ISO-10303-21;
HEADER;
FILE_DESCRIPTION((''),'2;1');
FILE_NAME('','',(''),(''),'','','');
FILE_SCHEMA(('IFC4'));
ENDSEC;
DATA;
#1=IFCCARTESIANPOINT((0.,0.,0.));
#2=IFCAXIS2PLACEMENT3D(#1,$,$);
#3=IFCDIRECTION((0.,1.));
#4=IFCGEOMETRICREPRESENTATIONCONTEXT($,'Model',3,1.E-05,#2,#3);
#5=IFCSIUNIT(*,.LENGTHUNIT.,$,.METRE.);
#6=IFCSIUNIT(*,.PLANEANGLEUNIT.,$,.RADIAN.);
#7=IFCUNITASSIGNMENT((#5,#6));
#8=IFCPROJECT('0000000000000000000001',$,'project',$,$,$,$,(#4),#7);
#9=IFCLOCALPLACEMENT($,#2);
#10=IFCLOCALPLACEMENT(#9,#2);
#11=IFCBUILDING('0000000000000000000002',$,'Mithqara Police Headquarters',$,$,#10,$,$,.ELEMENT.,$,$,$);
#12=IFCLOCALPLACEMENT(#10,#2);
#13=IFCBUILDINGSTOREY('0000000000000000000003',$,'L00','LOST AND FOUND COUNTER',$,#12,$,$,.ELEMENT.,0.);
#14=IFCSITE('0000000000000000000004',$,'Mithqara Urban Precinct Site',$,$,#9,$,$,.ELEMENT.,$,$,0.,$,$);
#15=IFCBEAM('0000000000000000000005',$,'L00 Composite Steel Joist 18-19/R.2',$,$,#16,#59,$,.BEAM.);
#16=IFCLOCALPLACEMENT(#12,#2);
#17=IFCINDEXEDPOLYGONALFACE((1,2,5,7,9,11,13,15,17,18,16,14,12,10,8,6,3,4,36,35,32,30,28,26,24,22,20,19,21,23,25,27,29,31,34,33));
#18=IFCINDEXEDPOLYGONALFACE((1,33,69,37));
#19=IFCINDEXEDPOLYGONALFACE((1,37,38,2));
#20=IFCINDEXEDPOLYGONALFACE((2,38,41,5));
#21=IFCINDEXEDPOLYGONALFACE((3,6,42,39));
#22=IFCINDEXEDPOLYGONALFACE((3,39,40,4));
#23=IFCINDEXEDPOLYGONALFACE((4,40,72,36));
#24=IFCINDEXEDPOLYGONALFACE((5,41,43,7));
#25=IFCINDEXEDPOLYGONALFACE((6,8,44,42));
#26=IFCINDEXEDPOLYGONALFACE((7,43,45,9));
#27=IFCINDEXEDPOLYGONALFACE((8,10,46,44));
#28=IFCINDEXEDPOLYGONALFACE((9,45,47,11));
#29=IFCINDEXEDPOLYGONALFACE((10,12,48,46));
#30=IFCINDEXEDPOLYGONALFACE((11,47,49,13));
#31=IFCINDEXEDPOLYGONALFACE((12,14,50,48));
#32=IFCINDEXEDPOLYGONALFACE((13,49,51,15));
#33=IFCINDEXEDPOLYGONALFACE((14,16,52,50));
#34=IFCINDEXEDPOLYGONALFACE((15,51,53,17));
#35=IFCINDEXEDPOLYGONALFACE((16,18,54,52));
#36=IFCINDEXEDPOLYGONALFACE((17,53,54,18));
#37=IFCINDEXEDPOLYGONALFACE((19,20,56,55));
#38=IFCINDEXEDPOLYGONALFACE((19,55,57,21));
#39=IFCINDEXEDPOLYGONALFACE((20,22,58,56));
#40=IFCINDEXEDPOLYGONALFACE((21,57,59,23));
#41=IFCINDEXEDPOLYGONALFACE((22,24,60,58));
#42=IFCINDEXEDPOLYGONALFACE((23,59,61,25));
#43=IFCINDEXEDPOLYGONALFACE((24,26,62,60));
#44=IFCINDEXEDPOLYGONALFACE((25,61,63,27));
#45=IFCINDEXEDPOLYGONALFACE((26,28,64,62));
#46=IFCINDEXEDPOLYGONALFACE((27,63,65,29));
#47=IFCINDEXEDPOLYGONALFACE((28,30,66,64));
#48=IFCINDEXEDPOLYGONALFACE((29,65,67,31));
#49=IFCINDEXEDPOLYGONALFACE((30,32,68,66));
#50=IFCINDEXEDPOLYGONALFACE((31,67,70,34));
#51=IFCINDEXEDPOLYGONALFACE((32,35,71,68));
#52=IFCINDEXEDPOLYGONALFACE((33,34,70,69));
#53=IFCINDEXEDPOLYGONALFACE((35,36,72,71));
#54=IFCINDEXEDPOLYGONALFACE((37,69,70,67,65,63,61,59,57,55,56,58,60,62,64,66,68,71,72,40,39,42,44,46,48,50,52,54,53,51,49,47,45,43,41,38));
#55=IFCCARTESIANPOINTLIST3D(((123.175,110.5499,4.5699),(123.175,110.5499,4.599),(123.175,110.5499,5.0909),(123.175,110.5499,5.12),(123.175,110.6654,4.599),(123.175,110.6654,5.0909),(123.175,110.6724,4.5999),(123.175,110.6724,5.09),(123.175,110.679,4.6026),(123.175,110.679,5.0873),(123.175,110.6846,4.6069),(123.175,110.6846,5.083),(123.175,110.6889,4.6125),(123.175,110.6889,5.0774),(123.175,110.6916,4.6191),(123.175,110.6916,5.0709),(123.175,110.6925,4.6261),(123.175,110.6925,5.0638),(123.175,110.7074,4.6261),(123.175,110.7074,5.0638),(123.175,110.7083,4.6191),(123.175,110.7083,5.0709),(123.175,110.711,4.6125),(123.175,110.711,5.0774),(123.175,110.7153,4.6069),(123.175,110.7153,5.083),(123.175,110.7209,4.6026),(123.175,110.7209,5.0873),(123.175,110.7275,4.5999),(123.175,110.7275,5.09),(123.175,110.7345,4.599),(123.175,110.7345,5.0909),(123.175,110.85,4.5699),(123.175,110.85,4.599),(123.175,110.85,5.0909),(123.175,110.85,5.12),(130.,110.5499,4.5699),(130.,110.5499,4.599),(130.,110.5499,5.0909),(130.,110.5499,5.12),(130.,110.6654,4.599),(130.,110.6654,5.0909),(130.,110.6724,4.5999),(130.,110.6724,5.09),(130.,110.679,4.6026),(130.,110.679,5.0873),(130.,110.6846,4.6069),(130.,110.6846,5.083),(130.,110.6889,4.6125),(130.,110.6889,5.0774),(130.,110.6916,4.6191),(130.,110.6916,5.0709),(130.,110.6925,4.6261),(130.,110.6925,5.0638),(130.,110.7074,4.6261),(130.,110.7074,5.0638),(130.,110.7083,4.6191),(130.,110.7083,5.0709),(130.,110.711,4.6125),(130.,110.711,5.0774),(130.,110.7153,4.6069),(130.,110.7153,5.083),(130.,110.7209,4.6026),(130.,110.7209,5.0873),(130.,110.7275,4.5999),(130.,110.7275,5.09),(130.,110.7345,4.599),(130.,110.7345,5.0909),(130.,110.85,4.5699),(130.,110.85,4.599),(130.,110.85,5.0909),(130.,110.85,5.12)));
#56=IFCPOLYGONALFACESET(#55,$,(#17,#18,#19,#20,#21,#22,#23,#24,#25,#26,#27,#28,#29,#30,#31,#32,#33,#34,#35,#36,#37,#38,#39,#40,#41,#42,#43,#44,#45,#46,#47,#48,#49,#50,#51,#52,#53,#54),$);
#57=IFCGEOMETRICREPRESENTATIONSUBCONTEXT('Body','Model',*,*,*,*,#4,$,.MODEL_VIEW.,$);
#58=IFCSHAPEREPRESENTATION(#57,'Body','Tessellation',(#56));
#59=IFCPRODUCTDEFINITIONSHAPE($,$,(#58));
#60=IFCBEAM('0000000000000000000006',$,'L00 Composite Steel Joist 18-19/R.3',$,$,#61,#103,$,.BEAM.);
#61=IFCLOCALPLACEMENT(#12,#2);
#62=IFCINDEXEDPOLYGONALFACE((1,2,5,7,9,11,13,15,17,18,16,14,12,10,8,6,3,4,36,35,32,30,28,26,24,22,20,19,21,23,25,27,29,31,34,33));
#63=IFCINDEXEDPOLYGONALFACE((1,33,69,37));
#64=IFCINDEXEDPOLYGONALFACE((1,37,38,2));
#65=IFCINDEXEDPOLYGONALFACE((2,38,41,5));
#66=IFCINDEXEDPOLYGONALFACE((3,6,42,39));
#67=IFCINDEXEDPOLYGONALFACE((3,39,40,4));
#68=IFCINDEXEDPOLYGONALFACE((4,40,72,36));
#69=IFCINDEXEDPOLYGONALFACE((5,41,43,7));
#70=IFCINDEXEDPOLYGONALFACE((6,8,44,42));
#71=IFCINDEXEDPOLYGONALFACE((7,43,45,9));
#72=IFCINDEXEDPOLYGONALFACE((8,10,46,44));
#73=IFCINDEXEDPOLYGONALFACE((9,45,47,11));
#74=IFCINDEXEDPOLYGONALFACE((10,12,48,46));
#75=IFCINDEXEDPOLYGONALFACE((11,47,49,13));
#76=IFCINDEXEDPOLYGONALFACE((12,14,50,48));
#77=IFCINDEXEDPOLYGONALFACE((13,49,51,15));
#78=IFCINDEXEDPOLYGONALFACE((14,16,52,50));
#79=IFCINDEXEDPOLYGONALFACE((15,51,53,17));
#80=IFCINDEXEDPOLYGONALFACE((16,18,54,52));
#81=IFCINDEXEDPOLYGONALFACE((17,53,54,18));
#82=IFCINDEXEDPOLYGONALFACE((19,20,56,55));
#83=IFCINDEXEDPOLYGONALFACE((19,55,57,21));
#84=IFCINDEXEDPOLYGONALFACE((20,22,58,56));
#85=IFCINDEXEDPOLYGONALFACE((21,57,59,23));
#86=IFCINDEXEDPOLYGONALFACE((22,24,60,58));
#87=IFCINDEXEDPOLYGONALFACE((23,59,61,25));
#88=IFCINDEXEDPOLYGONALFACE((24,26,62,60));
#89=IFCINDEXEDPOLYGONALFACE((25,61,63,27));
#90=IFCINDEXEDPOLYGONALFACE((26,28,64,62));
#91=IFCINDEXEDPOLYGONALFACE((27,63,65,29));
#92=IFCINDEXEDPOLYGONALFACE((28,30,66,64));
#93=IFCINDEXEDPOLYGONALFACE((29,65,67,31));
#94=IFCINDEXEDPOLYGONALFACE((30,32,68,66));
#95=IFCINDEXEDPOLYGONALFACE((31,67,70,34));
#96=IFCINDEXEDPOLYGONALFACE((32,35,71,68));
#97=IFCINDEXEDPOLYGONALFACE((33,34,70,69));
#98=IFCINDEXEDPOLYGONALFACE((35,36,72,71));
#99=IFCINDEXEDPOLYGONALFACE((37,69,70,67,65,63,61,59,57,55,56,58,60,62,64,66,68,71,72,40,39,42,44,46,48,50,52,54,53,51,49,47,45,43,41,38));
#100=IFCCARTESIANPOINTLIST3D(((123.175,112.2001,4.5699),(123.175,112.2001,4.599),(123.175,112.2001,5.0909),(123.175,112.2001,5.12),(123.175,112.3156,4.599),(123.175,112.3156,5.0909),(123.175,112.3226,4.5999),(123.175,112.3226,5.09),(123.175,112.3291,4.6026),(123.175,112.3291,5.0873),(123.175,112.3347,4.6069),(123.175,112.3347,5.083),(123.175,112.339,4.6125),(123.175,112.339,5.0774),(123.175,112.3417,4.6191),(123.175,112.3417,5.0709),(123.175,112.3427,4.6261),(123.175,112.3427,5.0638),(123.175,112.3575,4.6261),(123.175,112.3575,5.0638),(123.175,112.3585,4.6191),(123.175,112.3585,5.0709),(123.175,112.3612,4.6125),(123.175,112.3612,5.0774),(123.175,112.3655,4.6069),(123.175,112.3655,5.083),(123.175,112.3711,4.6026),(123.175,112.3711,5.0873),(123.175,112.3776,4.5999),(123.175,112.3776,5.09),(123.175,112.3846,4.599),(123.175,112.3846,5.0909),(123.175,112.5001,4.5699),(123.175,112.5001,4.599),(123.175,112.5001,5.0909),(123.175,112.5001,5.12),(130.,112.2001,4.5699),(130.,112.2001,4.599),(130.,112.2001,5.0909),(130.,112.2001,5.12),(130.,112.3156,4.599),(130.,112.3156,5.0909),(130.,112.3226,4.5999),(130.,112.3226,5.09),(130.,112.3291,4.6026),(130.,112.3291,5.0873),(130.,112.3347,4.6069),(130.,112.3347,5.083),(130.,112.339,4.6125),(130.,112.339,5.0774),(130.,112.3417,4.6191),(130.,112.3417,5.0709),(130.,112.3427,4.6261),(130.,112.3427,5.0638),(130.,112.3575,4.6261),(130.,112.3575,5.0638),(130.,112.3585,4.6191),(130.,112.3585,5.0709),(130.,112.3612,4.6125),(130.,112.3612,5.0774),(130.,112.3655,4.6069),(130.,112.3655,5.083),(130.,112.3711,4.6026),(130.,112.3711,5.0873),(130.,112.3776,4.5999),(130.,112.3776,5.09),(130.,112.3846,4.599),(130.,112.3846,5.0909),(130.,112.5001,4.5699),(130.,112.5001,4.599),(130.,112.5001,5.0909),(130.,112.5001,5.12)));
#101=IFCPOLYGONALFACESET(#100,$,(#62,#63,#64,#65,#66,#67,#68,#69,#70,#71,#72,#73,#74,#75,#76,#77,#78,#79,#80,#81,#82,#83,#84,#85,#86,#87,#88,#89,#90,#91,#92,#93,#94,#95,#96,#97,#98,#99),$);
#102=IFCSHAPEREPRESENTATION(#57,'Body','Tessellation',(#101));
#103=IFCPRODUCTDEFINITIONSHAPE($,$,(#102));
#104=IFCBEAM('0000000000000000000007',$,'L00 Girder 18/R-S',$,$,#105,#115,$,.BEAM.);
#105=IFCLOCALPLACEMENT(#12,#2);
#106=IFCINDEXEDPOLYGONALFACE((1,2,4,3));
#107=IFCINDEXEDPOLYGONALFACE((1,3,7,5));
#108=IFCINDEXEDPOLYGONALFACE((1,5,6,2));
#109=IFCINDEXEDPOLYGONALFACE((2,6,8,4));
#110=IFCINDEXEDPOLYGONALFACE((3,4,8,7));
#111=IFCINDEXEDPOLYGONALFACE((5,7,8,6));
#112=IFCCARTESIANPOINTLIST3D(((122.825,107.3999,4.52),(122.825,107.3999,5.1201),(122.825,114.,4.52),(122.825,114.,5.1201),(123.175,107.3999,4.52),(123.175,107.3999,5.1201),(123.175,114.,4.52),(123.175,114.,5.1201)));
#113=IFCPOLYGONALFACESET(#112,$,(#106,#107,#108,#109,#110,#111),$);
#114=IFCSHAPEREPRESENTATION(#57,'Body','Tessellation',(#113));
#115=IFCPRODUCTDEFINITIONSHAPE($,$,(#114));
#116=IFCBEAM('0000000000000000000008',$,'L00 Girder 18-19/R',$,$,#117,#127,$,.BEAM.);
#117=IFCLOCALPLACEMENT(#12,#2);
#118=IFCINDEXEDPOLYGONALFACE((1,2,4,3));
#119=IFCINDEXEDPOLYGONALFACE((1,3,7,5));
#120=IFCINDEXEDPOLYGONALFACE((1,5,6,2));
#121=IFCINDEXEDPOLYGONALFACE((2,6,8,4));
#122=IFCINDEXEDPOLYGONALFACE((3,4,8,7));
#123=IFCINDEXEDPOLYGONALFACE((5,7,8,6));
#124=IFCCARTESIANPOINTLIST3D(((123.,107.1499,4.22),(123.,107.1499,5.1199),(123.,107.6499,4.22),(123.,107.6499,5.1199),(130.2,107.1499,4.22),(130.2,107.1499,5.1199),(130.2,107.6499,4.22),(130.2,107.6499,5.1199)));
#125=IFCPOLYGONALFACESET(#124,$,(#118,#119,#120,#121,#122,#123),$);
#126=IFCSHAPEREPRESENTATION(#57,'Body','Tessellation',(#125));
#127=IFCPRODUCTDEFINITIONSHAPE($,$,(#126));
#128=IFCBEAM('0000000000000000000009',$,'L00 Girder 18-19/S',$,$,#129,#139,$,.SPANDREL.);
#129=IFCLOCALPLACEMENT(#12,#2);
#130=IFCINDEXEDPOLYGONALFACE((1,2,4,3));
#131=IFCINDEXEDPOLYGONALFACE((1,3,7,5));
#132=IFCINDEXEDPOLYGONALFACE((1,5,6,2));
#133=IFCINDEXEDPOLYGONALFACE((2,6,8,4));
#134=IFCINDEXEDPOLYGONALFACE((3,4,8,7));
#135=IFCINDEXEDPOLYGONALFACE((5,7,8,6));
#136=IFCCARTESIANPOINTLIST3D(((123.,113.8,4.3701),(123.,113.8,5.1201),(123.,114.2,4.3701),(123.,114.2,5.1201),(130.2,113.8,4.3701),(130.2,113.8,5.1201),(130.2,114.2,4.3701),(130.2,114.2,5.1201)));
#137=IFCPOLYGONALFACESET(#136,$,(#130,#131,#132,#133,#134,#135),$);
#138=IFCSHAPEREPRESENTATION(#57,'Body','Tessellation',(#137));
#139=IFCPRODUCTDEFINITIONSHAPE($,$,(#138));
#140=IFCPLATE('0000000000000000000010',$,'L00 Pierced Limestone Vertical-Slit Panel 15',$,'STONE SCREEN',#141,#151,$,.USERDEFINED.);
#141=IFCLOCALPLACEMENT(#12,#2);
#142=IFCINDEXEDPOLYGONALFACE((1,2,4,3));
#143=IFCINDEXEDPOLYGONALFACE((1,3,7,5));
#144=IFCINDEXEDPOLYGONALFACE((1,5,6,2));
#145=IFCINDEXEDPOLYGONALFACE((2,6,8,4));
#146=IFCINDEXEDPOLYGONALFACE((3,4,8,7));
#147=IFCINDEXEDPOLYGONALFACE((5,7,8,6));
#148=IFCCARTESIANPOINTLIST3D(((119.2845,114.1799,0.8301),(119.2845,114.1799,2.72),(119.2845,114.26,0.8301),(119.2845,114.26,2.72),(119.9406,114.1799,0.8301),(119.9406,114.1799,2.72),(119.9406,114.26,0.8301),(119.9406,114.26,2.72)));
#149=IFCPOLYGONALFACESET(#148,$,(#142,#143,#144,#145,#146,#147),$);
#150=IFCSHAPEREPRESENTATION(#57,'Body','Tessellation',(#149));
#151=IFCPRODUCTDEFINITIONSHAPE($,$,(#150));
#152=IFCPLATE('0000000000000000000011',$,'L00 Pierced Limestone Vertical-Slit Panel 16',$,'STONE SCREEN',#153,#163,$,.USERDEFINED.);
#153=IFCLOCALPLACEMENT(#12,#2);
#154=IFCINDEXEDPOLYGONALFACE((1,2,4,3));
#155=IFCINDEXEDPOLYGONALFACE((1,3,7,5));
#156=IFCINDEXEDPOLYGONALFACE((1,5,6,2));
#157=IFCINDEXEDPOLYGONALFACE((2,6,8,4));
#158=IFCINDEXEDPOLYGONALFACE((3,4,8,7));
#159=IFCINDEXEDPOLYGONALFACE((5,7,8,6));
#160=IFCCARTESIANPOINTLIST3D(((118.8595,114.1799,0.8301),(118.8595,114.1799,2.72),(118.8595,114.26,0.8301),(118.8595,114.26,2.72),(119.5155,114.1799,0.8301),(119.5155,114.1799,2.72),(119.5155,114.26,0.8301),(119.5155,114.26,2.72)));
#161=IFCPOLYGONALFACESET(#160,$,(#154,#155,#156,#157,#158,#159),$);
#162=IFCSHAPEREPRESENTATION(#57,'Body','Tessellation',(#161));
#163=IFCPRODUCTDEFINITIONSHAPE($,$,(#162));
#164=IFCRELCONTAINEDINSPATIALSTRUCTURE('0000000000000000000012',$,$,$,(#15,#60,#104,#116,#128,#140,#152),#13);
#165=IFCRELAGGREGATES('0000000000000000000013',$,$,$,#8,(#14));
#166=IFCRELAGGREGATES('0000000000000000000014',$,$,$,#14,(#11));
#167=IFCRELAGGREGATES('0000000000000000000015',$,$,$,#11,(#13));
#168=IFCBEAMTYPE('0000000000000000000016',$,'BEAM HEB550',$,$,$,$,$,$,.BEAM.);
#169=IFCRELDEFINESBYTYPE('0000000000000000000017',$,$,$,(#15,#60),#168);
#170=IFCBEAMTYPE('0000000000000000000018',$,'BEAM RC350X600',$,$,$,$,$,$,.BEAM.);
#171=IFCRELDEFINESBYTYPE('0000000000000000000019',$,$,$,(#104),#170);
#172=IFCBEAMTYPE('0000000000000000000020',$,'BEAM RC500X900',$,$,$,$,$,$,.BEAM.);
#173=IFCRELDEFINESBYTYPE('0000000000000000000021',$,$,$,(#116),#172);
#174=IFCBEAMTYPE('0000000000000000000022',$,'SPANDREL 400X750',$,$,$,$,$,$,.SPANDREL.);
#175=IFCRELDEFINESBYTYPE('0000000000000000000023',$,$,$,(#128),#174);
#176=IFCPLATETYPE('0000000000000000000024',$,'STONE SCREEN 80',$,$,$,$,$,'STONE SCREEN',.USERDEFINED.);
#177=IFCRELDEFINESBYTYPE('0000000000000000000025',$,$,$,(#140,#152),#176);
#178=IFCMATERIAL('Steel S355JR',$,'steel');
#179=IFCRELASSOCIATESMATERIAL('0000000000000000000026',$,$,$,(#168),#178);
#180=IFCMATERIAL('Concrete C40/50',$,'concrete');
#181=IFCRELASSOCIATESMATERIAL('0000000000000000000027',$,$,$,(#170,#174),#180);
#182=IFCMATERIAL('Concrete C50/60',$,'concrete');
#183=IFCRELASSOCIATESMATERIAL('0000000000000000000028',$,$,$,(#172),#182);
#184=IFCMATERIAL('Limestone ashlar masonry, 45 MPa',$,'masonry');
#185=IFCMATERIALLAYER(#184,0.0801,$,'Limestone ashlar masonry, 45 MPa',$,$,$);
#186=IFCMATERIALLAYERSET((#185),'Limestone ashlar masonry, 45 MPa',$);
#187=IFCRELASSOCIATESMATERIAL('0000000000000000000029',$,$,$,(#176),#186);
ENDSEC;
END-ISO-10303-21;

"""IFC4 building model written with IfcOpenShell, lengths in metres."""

from ifc_helpers import new_model, si_unit, direction, frame, origin, origin_2d, place, context, subcontext, project, spatial, rectangle, i_section, extrude, material, layer, layer_set, material_profile, profile_set, type_object, element, save


model = new_model("IFC4")

# Units and contexts
model_context = context("Model", 3, precision=1e-05, world=origin(), true_north=direction((0.0, 1.0)))
body_context = subcontext(model_context, "Body", "Model", "MODEL_VIEW")
ifc_project = project(units=[si_unit("LENGTHUNIT", "METRE"), si_unit("PLANEANGLEUNIT", "RADIAN")], contexts=[model_context])

# Site, building, storey
site_placement = place(None, origin())
site = spatial("IfcSite", under=ifc_project, at=site_placement, Name="Mithqara Urban Precinct Site", CompositionType="ELEMENT", RefElevation=0.0)
building_placement = place(site_placement, origin())
building = spatial("IfcBuilding", under=site, at=building_placement, Name="Mithqara Police Headquarters", CompositionType="ELEMENT")
storey_placement = place(building_placement, origin())
storey = spatial("IfcBuildingStorey", under=building, at=storey_placement, Name="L00", Description="LOST AND FOUND COUNTER", CompositionType="ELEMENT", Elevation=0.0)

# Shared definitions
ifc_material_1 = material(Name="Concrete C40/50", Category="concrete")

# Shared definitions
ifc_material_2 = material(Name="Concrete C50/60", Category="concrete")

# Beams
ifc_material_3 = material(Name="Steel S355JR", Category="steel")
ifc_material_profile_1 = material_profile(ifc_material_3, i_section(OverallWidth=0.3, OverallDepth=0.55, WebThickness=0.0149, FlangeThickness=0.0291, FilletRadius=0.0271, at=origin_2d()), Name="HEB 550")
ifc_profile_set_1 = profile_set([ifc_material_profile_1], Name="Steel S355JR")
beam_type_1 = type_object("IfcBeamType", Name="BEAM HEB550", PredefinedType="BEAM", material=ifc_profile_set_1)
for number, where, z_axis, x_axis, name in (
    (1, (123.175, 110.7, 4.845), (1.0, 0.0, 0.0), (0.0, 1.0, 0.0), "L00 Composite Steel Joist 18-19/R.2"),
    (2, (123.175, 112.3501, 4.845), (1.0, 0.0, 0.0), (0.0, 1.0, 0.0), "L00 Composite Steel Joist 18-19/R.3"),
):
    element("IfcBeam", number, at=place(storey_placement, frame(where, z_axis=z_axis, x_axis=x_axis)), inside=storey, type_object=beam_type_1, Name=name, PredefinedType="BEAM", context=body_context, shape_type="SweptSolid", body=[
        extrude(i_section(OverallWidth=0.3, OverallDepth=0.55, WebThickness=0.0149, FlangeThickness=0.0291, FilletRadius=0.0271, at=origin_2d()), origin(), (0.0, 0.0, 1.0), 6.825),
    ])
ifc_material_profile_2 = material_profile(ifc_material_1, rectangle(XDim=0.3501, YDim=0.6001, at=origin_2d()), Name="RC 350x600")
ifc_profile_set_2 = profile_set([ifc_material_profile_2], Name="Concrete C40/50")
beam_type_2 = type_object("IfcBeamType", Name="BEAM RC350X600", PredefinedType="BEAM", material=ifc_profile_set_2)
beam_1_placement = place(storey_placement, frame((123.0, 107.3999, 4.8201), z_axis=(0.0, 1.0, 0.0), x_axis=(-1.0, 0.0, 0.0)))
element("IfcBeam", 3, at=beam_1_placement, inside=storey, type_object=beam_type_2, Name="L00 Girder 18/R-S", PredefinedType="BEAM", context=body_context, shape_type="SweptSolid", body=[
    extrude(rectangle(XDim=0.3501, YDim=0.6001, at=origin_2d()), origin(), (0.0, 0.0, 1.0), 6.6001),
])
ifc_material_profile_3 = material_profile(ifc_material_2, rectangle(XDim=0.5, YDim=0.8999, at=origin_2d()), Name="RC 500x900")
ifc_profile_set_3 = profile_set([ifc_material_profile_3], Name="Concrete C50/60")
beam_type_3 = type_object("IfcBeamType", Name="BEAM RC500X900", PredefinedType="BEAM", material=ifc_profile_set_3)
beam_2_placement = place(storey_placement, frame((123.0, 107.3999, 4.6699), z_axis=(1.0, 0.0, 0.0), x_axis=(0.0, 1.0, 0.0)))
element("IfcBeam", 4, at=beam_2_placement, inside=storey, type_object=beam_type_3, Name="L00 Girder 18-19/R", PredefinedType="BEAM", context=body_context, shape_type="SweptSolid", body=[
    extrude(rectangle(XDim=0.5, YDim=0.8999, at=origin_2d()), origin(), (0.0, 0.0, 1.0), 7.2),
])
ifc_material_profile_4 = material_profile(ifc_material_1, rectangle(XDim=0.3999, YDim=0.75, at=origin_2d()), Name="SPB 400x750")
ifc_profile_set_4 = profile_set([ifc_material_profile_4], Name="Concrete C40/50")
beam_type_4 = type_object("IfcBeamType", Name="SPANDREL 400X750", PredefinedType="SPANDREL", material=ifc_profile_set_4)
beam_3_placement = place(storey_placement, frame((123.0, 114.0, 4.7451), z_axis=(1.0, 0.0, 0.0), x_axis=(0.0, 1.0, 0.0)))
element("IfcBeam", 5, at=beam_3_placement, inside=storey, type_object=beam_type_4, Name="L00 Girder 18-19/S", PredefinedType="SPANDREL", context=body_context, shape_type="SweptSolid", body=[
    extrude(rectangle(XDim=0.3999, YDim=0.75, at=origin_2d()), origin(), (0.0, 0.0, 1.0), 7.2),
])

# Plates
ifc_material_4 = material(Name="Limestone ashlar masonry, 45 MPa", Category="masonry")
ifc_layer_1 = layer(ifc_material_4, 0.0801, Name="Limestone ashlar masonry, 45 MPa")
ifc_layer_set_1 = layer_set([ifc_layer_1], Name="Limestone ashlar masonry, 45 MPa")
plate_type = type_object("IfcPlateType", Name="STONE SCREEN 80", ElementType="STONE SCREEN", PredefinedType="USERDEFINED", material=ifc_layer_set_1)
for number, where, z_axis, x_axis, name in (
    (6, (119.6125, 114.22, 0.8301), (0.0, 0.0, 1.0), (1.0, 0.0, 0.0), "L00 Pierced Limestone Vertical-Slit Panel 15"),
    (7, (119.1875, 114.22, 0.8301), (0.0, 0.0, 1.0), (1.0, 0.0, 0.0), "L00 Pierced Limestone Vertical-Slit Panel 16"),
):
    element("IfcPlate", number, at=place(storey_placement, frame(where, z_axis=z_axis, x_axis=x_axis)), inside=storey, type_object=plate_type, Name=name, ObjectType="STONE SCREEN", PredefinedType="USERDEFINED", context=body_context, shape_type="SweptSolid", body=[
        extrude(rectangle(XDim=0.656, YDim=0.0801, at=origin_2d()), origin(), (0.0, 0.0, 1.0), 1.8899),
    ])

save(model, "model.ifc")
